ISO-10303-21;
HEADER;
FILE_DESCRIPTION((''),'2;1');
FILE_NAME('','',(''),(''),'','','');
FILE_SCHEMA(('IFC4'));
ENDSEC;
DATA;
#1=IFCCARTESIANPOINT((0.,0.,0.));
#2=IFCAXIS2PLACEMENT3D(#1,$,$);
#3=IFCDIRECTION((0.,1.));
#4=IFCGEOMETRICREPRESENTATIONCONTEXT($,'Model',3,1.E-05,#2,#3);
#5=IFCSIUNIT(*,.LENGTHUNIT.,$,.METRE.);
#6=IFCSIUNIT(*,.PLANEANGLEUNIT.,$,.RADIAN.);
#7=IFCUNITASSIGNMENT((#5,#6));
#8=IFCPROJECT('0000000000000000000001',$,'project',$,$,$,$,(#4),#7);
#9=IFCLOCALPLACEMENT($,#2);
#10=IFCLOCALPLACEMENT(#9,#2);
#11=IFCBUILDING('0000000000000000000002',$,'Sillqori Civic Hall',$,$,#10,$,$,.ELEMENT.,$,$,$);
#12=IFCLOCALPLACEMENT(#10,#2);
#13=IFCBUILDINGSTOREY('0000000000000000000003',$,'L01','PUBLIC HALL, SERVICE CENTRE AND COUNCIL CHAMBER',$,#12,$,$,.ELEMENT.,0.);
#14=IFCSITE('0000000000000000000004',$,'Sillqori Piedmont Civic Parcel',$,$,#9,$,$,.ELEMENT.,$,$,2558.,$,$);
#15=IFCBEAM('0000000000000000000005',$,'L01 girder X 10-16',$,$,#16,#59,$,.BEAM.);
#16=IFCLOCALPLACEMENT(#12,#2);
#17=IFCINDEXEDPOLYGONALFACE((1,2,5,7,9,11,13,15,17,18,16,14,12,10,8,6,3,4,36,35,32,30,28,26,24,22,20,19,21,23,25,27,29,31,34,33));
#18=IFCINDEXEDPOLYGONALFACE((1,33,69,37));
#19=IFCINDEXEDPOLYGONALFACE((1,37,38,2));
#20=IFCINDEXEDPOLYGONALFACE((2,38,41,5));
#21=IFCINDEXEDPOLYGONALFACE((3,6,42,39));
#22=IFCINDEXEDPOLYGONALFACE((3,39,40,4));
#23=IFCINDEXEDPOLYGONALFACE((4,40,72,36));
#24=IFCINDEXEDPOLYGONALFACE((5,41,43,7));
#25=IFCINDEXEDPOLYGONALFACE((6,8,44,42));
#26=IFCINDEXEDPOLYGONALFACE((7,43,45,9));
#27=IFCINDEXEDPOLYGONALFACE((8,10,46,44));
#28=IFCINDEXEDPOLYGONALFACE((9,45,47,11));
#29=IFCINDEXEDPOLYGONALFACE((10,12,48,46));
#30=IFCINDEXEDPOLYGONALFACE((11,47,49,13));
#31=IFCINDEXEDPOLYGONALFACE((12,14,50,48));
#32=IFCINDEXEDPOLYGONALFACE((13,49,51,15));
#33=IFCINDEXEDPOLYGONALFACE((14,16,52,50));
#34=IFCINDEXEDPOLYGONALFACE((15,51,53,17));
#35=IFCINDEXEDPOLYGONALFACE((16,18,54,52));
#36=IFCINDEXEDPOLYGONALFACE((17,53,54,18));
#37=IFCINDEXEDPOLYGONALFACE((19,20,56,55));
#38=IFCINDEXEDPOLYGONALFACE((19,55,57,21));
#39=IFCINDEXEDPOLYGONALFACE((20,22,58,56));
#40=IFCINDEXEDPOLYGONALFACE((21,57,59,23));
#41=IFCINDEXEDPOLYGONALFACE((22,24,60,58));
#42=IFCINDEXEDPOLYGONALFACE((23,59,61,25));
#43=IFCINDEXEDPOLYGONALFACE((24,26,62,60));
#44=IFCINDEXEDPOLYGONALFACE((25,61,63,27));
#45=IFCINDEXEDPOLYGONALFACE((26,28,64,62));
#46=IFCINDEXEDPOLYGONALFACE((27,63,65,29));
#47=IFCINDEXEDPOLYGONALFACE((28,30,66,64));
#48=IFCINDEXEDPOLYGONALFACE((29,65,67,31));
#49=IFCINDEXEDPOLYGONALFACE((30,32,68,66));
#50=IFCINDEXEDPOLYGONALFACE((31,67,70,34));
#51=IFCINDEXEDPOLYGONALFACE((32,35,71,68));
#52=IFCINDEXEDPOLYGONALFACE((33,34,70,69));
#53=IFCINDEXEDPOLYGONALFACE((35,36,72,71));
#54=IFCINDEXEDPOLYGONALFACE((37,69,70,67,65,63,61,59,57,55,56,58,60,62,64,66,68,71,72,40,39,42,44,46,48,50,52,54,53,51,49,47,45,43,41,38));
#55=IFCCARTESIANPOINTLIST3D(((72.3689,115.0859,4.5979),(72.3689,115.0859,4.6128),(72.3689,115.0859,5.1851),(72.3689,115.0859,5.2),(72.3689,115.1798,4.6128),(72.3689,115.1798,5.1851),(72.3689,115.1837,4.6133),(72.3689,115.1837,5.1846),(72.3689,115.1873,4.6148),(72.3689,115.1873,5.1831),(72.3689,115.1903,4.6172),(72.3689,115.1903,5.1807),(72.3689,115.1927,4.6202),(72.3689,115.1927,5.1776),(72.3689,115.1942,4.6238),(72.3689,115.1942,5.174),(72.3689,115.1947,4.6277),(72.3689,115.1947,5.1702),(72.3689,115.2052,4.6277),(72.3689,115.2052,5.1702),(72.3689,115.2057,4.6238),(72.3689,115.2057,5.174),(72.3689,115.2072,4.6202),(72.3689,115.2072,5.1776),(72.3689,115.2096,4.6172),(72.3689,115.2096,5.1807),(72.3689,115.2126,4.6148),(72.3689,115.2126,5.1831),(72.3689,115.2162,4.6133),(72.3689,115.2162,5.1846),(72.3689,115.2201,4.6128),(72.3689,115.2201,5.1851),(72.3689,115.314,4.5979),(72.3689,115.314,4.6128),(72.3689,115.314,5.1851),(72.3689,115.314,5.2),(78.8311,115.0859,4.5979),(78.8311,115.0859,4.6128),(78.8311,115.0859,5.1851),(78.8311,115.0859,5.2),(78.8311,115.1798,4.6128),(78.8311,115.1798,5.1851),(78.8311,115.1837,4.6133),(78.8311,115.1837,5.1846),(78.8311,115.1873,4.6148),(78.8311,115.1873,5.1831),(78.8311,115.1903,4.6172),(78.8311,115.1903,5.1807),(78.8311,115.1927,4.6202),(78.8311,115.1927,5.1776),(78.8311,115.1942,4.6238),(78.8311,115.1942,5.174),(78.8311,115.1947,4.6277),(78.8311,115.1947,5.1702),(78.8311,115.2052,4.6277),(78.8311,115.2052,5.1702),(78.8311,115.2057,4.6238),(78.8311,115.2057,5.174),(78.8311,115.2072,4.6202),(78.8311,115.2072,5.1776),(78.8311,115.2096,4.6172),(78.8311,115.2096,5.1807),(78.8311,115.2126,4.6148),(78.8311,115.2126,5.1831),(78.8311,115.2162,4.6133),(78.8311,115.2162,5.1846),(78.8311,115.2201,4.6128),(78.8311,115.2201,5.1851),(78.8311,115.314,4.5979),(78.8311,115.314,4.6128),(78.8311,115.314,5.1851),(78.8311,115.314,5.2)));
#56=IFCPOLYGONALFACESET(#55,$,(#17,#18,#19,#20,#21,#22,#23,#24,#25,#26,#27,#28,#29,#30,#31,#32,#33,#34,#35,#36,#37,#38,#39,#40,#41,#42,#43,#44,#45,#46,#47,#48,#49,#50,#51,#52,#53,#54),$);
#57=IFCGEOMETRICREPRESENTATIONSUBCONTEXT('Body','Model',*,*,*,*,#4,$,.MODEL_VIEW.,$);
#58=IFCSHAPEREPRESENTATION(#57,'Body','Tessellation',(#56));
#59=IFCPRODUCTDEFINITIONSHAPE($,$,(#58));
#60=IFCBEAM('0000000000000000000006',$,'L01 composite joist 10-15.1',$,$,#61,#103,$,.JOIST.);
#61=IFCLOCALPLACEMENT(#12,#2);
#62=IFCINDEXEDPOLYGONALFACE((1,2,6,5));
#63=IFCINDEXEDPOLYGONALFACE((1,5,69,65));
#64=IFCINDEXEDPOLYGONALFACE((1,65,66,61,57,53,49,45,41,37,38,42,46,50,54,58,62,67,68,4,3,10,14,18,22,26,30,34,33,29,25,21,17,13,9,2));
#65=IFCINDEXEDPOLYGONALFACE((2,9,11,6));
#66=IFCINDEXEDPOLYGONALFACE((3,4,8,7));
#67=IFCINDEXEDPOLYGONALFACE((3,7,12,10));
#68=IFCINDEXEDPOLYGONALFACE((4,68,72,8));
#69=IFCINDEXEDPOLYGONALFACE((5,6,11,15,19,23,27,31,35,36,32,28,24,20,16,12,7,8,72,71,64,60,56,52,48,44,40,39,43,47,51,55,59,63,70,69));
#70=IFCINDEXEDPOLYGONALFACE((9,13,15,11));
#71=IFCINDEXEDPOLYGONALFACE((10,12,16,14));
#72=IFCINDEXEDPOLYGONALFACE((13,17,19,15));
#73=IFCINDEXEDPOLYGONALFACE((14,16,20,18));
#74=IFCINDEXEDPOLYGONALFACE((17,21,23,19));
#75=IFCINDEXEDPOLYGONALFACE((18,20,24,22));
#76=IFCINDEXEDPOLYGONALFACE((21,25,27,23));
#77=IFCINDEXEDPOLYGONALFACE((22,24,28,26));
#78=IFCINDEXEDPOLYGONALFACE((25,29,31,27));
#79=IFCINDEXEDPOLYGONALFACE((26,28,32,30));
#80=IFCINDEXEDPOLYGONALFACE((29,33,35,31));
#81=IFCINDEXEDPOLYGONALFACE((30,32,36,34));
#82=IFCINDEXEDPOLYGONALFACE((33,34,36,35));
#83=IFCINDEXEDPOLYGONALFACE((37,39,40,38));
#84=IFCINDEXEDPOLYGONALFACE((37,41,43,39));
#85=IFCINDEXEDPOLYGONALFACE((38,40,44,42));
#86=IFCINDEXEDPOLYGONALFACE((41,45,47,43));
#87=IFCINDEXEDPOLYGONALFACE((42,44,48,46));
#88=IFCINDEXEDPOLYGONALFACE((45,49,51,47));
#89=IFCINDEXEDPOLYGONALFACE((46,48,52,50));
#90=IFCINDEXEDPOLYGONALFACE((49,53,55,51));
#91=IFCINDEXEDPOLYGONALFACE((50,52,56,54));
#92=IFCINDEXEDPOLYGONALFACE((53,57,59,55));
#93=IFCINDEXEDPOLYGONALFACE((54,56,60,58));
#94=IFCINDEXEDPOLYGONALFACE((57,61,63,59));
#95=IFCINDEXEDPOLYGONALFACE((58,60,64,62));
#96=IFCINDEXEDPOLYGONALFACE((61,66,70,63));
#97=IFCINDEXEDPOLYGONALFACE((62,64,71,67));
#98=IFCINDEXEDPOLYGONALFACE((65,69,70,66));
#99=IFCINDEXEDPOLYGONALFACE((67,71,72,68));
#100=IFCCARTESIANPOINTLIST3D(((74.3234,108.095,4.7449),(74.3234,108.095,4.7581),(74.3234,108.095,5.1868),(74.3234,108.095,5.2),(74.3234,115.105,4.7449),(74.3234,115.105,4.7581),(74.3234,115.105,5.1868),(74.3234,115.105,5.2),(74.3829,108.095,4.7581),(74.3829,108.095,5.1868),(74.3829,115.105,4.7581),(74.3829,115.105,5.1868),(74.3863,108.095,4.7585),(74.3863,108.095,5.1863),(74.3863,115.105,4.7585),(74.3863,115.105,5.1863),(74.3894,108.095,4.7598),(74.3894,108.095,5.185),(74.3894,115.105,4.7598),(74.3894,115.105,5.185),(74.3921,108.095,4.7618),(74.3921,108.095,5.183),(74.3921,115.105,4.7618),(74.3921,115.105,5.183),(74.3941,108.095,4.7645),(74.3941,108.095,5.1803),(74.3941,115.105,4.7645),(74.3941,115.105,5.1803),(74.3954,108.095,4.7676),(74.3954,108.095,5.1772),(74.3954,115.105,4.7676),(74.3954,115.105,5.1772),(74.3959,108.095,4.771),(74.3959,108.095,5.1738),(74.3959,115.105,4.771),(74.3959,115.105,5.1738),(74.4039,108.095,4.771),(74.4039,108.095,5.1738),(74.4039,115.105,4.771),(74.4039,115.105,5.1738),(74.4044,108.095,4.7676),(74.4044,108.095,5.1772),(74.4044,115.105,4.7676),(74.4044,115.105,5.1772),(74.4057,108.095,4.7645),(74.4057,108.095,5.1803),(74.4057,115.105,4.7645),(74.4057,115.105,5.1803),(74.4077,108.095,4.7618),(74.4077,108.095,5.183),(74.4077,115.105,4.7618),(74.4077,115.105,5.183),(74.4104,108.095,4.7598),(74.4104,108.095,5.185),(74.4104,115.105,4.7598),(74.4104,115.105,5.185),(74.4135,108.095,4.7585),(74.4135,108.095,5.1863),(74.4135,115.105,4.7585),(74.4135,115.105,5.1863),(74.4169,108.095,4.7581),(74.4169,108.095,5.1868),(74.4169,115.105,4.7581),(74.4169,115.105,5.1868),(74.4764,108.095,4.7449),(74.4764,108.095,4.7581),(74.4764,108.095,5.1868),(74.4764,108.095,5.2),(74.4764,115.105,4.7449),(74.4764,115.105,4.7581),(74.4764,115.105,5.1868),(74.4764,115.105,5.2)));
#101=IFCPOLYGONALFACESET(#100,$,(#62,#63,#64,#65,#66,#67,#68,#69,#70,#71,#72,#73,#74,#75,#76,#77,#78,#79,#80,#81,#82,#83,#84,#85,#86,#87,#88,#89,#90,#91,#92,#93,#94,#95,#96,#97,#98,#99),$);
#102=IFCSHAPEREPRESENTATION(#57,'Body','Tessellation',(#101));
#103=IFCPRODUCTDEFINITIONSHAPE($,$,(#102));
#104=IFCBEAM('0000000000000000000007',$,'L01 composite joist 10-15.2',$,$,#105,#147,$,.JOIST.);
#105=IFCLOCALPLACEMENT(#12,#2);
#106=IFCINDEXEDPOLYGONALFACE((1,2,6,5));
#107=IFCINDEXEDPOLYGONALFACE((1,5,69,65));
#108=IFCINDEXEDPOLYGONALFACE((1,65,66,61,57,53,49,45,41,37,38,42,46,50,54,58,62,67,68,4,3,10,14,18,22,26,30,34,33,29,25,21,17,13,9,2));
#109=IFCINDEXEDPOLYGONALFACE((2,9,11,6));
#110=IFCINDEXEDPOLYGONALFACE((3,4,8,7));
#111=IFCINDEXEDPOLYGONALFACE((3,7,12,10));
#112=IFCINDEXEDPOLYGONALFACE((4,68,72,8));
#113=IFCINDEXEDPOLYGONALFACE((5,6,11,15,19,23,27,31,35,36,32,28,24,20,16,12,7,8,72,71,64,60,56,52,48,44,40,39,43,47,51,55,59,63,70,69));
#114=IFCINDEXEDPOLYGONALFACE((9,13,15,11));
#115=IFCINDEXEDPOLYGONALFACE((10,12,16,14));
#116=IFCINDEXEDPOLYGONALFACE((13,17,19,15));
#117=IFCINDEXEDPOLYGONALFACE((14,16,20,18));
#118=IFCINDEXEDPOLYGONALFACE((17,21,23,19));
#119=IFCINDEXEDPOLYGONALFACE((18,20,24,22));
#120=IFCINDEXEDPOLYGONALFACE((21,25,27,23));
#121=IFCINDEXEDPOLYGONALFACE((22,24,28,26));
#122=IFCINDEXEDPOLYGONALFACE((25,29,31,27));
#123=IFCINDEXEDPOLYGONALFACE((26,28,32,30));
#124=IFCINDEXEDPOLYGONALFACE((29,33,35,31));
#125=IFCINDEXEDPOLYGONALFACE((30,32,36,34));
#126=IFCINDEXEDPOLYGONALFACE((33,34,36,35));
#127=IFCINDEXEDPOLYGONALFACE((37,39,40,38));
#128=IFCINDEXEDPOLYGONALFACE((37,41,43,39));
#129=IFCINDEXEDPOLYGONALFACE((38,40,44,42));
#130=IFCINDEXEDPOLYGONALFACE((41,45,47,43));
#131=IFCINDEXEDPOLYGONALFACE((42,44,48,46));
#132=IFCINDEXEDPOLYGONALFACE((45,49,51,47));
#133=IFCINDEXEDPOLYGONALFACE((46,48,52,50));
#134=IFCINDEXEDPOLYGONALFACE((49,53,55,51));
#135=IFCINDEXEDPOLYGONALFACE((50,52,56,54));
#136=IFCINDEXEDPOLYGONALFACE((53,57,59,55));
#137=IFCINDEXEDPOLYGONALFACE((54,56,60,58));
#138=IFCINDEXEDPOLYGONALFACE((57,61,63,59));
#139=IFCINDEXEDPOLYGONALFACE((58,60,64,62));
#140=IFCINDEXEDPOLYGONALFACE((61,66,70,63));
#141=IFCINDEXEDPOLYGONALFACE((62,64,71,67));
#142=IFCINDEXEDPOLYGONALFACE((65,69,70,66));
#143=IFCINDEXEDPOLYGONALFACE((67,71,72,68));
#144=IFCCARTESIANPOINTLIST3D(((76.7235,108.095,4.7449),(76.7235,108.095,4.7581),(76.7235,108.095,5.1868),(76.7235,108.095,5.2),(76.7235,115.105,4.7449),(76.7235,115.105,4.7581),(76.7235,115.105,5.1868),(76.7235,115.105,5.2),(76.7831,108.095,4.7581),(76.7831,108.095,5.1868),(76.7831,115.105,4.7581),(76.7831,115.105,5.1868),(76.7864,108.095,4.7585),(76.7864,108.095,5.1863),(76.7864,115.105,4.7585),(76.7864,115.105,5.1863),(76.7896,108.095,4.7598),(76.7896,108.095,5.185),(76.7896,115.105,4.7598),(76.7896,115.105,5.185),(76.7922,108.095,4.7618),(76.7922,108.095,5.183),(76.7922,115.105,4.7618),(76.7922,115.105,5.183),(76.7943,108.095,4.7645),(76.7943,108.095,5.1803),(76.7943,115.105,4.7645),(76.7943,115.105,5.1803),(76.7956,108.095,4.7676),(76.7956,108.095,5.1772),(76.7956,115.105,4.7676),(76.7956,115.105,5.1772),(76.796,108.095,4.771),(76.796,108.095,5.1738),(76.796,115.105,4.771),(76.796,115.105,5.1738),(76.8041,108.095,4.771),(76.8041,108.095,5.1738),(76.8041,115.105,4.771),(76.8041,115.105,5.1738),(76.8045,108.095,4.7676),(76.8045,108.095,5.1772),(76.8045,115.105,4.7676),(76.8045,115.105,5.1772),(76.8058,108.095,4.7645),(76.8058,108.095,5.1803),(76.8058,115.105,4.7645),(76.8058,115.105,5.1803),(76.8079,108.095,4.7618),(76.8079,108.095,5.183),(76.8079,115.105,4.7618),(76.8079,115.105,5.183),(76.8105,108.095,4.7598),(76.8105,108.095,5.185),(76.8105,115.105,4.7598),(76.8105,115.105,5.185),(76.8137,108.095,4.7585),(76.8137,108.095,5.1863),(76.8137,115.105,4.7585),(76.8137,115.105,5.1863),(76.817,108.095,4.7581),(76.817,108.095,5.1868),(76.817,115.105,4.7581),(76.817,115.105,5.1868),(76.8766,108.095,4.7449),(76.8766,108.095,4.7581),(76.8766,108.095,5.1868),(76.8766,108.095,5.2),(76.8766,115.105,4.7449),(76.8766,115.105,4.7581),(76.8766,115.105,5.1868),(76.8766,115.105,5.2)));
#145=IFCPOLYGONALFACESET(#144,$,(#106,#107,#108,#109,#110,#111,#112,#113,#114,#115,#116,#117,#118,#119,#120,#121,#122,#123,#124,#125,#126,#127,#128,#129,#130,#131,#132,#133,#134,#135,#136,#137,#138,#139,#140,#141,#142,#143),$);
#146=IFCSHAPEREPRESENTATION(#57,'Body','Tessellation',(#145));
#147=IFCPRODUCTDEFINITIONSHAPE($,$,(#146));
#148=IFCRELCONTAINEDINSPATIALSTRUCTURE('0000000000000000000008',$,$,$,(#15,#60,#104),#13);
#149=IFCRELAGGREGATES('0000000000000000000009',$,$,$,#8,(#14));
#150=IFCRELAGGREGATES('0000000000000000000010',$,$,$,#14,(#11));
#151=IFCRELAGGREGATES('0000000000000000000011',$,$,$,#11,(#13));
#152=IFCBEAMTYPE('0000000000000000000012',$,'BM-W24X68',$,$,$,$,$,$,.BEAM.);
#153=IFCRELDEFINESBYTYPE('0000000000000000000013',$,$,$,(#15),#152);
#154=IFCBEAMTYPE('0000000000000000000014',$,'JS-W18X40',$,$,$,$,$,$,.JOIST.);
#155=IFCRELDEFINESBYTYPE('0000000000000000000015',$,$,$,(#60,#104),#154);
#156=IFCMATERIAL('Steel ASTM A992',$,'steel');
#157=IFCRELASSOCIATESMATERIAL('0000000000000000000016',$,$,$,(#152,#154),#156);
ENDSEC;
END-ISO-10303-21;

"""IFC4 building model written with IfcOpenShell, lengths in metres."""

from ifc_helpers import new_model, si_unit, direction, frame, origin, origin_2d, place, context, subcontext, project, spatial, i_section, extrude, material, material_profile, profile_set, type_object, element, save


model = new_model("IFC4")

# Units and contexts
model_context = context("Model", 3, precision=1e-05, world=origin(), true_north=direction((0.0, 1.0)))
body_context = subcontext(model_context, "Body", "Model", "MODEL_VIEW")
ifc_project = project(units=[si_unit("LENGTHUNIT", "METRE"), si_unit("PLANEANGLEUNIT", "RADIAN")], contexts=[model_context])

# Site, building, storey
site_placement = place(None, origin())
site = spatial("IfcSite", under=ifc_project, at=site_placement, Name="Sillqori Piedmont Civic Parcel", CompositionType="ELEMENT", RefElevation=2558.0)
building_placement = place(site_placement, origin())
building = spatial("IfcBuilding", under=site, at=building_placement, Name="Sillqori Civic Hall", CompositionType="ELEMENT")
storey_placement = place(building_placement, origin())
storey = spatial("IfcBuildingStorey", under=building, at=storey_placement, Name="L01", Description="PUBLIC HALL, SERVICE CENTRE AND COUNCIL CHAMBER", CompositionType="ELEMENT", Elevation=0.0)

# Beams
ifc_material_1 = material(Name="Steel ASTM A992", Category="steel")
ifc_material_profile_1 = material_profile(ifc_material_1, i_section(OverallWidth=0.228, OverallDepth=0.6021, WebThickness=0.0105, FlangeThickness=0.0149, FilletRadius=0.0149, at=origin_2d()), Name="W24X68")
ifc_profile_set_1 = profile_set([ifc_material_profile_1], Name="Steel ASTM A992")
beam_type_1 = type_object("IfcBeamType", Name="BM-W24X68", PredefinedType="BEAM", material=ifc_profile_set_1)
for number, where, z_axis, x_axis, name in (
    (1, (72.3689, 115.2, 4.8989), (1.0, 0.0, 0.0), (0.0, 1.0, 0.0), "L01 girder X 10-16"),
):
    element("IfcBeam", number, at=place(storey_placement, frame(where, z_axis=z_axis, x_axis=x_axis)), inside=storey, type_object=beam_type_1, Name=name, PredefinedType="BEAM", context=body_context, shape_type="SweptSolid", body=[
        extrude(i_section(OverallWidth=0.228, OverallDepth=0.6021, WebThickness=0.0105, FlangeThickness=0.0149, FilletRadius=0.0149, at=origin_2d()), origin(), (0.0, 0.0, 1.0), 6.4622),
    ])
ifc_material_profile_2 = material_profile(ifc_material_1, i_section(OverallWidth=0.1531, OverallDepth=0.4551, WebThickness=0.0081, FlangeThickness=0.0132, FilletRadius=0.0129, at=origin_2d()), Name="W18X40")
ifc_profile_set_2 = profile_set([ifc_material_profile_2], Name="Steel ASTM A992")
beam_type_2 = type_object("IfcBeamType", Name="JS-W18X40", PredefinedType="JOIST", material=ifc_profile_set_2)
for number, where, z_axis, x_axis, name in (
    (2, (74.3999, 108.095, 4.9724), (0.0, 1.0, 0.0), (-1.0, 0.0, 0.0), "L01 composite joist 10-15.1"),
    (3, (76.8, 108.095, 4.9724), (0.0, 1.0, 0.0), (-1.0, 0.0, 0.0), "L01 composite joist 10-15.2"),
):
    element("IfcBeam", number, at=place(storey_placement, frame(where, z_axis=z_axis, x_axis=x_axis)), inside=storey, type_object=beam_type_2, Name=name, PredefinedType="JOIST", context=body_context, shape_type="SweptSolid", body=[
        extrude(i_section(OverallWidth=0.1531, OverallDepth=0.4551, WebThickness=0.0081, FlangeThickness=0.0132, FilletRadius=0.0129, at=origin_2d()), origin(), (0.0, 0.0, 1.0), 7.01),
    ])

save(model, "model.ifc")
